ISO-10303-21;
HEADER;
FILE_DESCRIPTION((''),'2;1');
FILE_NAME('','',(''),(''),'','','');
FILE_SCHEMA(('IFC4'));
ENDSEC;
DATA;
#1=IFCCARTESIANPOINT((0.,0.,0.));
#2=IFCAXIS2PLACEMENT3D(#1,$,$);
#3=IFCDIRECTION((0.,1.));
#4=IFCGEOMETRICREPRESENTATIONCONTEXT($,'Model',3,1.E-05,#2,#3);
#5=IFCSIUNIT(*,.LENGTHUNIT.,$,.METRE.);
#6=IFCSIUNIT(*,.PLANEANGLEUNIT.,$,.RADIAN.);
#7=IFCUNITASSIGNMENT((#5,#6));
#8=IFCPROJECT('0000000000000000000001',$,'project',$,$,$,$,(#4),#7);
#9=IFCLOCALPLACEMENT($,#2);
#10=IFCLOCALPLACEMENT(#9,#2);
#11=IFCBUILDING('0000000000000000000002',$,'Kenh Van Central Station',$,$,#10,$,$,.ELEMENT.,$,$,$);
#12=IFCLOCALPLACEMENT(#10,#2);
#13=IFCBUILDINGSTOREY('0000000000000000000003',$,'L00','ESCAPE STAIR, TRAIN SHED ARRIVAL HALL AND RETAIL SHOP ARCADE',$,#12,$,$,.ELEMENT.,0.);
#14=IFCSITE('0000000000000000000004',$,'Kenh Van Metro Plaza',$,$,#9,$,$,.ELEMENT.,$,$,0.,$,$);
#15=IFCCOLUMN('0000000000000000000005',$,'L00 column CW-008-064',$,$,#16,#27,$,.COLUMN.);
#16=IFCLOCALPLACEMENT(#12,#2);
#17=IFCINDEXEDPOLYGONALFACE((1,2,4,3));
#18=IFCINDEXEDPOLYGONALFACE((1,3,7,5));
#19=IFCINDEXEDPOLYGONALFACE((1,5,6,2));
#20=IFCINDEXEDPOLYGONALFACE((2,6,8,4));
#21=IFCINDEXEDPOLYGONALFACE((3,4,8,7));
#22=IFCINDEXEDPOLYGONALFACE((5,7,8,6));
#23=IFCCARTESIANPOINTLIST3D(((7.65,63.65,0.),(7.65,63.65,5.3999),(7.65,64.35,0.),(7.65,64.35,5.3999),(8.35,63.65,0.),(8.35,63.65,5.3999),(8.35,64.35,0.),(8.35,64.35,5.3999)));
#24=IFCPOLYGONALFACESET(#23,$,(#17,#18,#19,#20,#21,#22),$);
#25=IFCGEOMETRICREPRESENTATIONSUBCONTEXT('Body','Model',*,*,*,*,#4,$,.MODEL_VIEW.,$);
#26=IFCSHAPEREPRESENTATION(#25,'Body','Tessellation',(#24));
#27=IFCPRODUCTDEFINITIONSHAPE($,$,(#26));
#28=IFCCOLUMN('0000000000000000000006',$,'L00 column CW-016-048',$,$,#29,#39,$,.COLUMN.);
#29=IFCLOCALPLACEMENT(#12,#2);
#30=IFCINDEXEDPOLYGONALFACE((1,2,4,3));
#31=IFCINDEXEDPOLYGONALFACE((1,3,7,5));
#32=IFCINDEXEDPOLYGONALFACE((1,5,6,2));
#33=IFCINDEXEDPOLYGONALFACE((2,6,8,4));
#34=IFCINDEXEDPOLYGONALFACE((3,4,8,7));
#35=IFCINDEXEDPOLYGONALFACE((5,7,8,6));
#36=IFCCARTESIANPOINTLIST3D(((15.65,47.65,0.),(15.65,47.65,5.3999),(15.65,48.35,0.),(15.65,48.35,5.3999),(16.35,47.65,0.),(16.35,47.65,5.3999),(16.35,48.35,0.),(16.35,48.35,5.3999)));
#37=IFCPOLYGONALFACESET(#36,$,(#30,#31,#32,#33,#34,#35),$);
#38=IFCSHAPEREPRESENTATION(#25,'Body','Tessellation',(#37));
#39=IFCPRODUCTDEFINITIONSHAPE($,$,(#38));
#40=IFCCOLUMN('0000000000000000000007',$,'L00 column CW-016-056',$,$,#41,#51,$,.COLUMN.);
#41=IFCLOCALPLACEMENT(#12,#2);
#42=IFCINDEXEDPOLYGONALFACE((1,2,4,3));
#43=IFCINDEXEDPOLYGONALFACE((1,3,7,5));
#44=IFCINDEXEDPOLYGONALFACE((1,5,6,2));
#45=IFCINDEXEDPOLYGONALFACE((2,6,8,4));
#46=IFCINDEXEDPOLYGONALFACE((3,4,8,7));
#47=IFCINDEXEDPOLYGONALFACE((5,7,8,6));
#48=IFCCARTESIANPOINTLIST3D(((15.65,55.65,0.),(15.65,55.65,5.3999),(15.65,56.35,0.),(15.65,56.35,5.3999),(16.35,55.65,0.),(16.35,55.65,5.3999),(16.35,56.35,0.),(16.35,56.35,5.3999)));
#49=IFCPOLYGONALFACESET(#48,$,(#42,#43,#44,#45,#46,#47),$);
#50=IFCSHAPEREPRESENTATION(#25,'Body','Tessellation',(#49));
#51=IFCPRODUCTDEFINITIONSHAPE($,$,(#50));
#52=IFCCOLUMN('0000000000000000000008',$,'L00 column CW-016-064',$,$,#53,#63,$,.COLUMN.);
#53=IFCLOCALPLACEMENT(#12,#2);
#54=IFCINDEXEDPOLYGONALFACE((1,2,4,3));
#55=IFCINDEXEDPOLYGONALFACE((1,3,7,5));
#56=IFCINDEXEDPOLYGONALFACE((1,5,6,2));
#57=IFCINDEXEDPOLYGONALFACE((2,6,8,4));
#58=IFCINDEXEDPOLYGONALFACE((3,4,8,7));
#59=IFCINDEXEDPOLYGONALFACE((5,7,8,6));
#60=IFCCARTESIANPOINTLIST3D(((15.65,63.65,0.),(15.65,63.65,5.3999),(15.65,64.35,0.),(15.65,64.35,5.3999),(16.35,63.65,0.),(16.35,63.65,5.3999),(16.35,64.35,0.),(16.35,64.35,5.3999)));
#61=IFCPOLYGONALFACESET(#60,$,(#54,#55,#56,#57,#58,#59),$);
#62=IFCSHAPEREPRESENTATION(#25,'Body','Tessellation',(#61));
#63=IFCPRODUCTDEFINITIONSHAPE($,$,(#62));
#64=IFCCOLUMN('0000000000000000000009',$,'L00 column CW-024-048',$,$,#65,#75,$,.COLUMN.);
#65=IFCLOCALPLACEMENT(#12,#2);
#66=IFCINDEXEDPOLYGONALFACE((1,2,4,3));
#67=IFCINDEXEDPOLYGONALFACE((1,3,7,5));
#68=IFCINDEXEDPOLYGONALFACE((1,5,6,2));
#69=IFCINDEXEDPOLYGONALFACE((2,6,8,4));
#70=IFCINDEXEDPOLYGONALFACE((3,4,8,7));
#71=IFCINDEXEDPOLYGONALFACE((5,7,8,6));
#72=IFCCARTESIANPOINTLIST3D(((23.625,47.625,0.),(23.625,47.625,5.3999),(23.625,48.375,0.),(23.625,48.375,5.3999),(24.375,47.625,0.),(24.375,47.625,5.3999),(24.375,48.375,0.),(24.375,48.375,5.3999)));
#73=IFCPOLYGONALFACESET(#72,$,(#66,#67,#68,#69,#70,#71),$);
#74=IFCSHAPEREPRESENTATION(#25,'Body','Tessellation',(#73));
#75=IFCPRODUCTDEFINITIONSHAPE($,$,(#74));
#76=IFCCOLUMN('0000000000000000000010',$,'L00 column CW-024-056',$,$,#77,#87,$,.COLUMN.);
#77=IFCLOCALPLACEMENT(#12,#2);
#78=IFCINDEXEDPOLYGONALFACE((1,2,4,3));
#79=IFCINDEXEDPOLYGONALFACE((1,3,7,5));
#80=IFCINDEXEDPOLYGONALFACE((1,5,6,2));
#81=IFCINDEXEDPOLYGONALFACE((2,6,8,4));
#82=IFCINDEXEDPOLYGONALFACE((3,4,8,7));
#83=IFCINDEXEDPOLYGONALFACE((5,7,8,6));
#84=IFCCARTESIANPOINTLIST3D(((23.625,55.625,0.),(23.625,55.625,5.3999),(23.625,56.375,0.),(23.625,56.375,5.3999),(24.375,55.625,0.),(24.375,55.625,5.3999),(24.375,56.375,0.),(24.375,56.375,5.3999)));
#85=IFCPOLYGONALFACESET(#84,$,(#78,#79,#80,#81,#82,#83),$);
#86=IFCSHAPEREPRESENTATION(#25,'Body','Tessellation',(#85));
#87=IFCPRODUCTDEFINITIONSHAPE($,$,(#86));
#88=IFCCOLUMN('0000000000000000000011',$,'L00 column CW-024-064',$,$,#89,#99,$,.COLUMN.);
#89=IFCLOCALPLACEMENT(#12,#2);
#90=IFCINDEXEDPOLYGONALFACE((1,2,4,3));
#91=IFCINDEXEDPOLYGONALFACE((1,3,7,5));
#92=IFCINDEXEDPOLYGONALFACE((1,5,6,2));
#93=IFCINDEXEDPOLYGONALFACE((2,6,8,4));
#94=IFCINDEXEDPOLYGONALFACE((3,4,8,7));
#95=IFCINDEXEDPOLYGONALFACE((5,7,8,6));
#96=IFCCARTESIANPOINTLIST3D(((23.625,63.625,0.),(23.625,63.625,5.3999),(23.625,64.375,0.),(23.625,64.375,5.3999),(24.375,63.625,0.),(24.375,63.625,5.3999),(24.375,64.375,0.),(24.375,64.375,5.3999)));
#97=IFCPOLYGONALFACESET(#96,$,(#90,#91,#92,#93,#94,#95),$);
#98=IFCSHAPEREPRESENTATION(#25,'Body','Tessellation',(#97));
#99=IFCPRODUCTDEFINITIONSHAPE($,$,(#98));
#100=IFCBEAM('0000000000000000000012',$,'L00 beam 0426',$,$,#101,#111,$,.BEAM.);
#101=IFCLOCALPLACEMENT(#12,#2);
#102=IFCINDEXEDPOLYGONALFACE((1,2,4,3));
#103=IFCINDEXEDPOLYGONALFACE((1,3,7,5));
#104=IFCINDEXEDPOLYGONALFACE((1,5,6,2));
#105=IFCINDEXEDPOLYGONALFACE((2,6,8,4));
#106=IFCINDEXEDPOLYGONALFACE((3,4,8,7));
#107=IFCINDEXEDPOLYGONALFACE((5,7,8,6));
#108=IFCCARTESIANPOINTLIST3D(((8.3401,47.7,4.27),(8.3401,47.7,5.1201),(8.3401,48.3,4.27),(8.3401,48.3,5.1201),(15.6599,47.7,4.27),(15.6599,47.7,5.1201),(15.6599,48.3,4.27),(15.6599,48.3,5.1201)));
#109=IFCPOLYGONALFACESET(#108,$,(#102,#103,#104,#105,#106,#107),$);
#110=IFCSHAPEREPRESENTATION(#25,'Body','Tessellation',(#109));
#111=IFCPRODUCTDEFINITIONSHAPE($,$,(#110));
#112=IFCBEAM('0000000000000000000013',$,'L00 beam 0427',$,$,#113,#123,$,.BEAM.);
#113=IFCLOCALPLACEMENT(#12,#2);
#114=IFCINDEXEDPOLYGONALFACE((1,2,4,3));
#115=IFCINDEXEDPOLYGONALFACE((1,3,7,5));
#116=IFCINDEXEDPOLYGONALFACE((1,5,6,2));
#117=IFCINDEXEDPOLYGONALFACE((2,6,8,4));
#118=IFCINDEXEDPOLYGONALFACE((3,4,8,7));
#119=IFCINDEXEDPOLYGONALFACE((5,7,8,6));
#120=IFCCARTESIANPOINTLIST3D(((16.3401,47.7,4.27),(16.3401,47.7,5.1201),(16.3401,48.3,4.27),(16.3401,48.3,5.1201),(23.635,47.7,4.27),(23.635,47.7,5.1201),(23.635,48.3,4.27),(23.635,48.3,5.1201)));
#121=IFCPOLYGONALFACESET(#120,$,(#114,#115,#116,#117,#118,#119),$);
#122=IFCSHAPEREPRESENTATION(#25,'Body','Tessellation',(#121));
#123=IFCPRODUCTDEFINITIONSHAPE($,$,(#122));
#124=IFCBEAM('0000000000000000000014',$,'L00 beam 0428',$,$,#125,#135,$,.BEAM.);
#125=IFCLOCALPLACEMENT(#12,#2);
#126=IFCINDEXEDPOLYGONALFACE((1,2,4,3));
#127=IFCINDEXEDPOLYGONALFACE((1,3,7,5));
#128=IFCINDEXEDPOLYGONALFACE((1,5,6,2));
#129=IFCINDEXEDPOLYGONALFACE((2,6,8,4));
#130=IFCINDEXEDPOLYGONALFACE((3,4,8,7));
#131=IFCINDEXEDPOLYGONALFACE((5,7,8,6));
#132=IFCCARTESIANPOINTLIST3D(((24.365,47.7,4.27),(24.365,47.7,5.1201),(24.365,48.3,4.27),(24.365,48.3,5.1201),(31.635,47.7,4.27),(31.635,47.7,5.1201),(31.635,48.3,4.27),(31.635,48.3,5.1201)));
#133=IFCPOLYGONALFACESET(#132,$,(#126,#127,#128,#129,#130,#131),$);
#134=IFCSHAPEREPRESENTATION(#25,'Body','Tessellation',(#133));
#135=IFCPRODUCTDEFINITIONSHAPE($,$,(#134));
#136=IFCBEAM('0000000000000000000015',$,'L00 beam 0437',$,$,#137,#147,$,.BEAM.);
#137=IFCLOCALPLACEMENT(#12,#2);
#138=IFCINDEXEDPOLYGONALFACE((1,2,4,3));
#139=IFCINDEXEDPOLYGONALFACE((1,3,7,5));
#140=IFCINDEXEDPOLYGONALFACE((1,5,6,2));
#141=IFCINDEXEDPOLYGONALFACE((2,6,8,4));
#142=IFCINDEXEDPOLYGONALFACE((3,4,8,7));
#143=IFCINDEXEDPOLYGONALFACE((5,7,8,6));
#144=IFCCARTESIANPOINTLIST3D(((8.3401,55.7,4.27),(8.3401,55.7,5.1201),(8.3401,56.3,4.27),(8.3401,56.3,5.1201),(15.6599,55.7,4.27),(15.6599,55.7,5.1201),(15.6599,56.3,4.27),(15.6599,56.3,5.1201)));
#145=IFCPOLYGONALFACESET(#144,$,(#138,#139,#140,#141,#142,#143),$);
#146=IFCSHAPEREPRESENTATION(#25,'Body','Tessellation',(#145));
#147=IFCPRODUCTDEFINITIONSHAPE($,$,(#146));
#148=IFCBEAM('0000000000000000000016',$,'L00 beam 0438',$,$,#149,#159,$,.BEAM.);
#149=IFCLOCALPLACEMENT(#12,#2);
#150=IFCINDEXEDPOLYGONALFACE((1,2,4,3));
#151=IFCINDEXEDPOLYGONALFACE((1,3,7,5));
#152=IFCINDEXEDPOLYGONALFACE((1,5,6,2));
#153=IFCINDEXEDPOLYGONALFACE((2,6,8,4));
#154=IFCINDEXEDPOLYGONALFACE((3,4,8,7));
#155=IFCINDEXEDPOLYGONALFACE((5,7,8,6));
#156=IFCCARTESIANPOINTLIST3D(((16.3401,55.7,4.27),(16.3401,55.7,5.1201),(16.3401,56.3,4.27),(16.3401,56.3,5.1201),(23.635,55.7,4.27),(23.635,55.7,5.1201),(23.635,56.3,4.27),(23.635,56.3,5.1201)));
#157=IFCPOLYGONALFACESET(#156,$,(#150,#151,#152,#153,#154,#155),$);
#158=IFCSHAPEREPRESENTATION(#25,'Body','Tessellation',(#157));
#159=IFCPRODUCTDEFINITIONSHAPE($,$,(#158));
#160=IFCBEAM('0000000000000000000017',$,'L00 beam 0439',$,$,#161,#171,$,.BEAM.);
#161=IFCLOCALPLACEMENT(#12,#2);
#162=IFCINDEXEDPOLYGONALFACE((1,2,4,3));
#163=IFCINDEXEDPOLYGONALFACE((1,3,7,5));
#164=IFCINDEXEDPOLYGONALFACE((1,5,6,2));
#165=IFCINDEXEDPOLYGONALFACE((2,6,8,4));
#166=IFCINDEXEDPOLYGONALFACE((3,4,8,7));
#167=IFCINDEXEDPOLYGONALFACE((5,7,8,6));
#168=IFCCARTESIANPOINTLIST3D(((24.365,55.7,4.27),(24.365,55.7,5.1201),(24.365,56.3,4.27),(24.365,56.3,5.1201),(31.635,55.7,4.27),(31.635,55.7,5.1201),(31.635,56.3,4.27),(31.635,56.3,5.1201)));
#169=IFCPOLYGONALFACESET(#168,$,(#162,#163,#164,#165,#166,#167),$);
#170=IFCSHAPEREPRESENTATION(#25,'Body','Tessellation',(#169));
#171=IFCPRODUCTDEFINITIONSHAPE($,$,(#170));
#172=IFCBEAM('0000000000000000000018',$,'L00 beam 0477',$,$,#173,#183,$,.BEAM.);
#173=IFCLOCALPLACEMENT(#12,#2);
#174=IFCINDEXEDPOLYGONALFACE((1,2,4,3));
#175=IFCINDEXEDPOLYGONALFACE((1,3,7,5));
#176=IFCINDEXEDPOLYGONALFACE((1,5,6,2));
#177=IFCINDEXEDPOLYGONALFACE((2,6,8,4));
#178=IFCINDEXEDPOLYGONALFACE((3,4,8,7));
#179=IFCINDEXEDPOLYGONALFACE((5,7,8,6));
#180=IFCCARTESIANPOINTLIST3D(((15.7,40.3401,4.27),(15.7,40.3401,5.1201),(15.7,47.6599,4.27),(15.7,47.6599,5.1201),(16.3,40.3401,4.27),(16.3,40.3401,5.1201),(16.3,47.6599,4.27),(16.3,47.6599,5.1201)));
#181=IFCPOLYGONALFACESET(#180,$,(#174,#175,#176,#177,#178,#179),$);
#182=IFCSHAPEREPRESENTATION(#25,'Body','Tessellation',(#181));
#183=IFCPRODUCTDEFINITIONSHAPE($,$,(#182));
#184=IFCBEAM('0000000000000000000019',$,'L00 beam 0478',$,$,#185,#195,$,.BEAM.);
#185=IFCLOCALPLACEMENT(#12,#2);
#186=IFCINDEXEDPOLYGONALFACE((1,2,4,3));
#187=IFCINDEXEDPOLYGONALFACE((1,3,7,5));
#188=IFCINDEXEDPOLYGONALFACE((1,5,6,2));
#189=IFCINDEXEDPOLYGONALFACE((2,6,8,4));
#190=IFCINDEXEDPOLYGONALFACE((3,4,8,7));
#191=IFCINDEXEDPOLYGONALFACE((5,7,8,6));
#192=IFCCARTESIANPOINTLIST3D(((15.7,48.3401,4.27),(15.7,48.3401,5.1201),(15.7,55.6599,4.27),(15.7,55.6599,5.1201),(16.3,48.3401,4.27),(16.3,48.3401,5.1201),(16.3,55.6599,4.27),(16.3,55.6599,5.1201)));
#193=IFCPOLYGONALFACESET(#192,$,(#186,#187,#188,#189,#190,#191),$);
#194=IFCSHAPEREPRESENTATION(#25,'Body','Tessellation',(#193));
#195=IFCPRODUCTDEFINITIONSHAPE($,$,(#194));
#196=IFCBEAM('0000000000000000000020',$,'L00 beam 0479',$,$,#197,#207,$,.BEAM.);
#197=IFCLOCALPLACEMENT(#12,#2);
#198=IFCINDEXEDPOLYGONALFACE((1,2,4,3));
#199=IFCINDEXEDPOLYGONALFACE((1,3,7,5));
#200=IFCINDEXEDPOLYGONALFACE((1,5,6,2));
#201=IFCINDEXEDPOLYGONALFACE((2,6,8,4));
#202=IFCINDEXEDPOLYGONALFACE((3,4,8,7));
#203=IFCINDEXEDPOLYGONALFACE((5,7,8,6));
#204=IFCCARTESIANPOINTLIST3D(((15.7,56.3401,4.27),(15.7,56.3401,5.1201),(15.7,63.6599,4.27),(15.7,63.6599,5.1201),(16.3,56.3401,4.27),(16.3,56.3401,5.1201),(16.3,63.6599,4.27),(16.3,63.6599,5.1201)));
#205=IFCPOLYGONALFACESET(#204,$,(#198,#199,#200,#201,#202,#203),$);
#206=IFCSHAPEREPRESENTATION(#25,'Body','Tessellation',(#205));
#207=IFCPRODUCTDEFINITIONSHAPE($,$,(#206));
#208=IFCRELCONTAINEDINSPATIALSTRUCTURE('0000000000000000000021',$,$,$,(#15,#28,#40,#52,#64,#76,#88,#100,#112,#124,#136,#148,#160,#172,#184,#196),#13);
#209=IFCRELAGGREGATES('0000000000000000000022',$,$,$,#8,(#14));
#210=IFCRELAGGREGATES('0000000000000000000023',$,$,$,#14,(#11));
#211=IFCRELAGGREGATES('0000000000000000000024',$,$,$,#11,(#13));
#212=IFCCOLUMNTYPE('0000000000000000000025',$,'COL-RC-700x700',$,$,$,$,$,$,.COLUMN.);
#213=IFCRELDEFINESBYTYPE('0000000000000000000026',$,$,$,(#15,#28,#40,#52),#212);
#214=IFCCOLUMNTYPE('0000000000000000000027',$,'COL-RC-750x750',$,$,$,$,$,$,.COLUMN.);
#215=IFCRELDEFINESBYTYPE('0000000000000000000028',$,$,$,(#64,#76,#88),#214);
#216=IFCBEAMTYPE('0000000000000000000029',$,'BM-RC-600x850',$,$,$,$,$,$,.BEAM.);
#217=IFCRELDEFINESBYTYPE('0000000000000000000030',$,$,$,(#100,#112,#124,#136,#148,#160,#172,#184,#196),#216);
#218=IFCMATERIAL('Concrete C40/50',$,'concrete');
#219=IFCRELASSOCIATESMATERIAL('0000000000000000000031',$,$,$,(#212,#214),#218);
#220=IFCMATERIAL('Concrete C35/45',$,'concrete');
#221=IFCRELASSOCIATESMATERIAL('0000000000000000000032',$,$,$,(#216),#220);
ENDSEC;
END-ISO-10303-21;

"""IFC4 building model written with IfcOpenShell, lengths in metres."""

from ifc_helpers import new_model, si_unit, direction, frame, origin, origin_2d, place, context, subcontext, project, spatial, rectangle, extrude, material, material_profile, profile_set, type_object, element, save


model = new_model("IFC4")

# Units and contexts
model_context = context("Model", 3, precision=1e-05, world=origin(), true_north=direction((0.0, 1.0)))
body_context = subcontext(model_context, "Body", "Model", "MODEL_VIEW")
ifc_project = project(units=[si_unit("LENGTHUNIT", "METRE"), si_unit("PLANEANGLEUNIT", "RADIAN")], contexts=[model_context])

# Site, building, storey
site_placement = place(None, origin())
site = spatial("IfcSite", under=ifc_project, at=site_placement, Name="Kenh Van Metro Plaza", CompositionType="ELEMENT", RefElevation=0.0)
building_placement = place(site_placement, origin())
building = spatial("IfcBuilding", under=site, at=building_placement, Name="Kenh Van Central Station", CompositionType="ELEMENT")
storey_placement = place(building_placement, origin())
storey = spatial("IfcBuildingStorey", under=building, at=storey_placement, Name="L00", Description="ESCAPE STAIR, TRAIN SHED ARRIVAL HALL AND RETAIL SHOP ARCADE", CompositionType="ELEMENT", Elevation=0.0)

# Columns
ifc_material_1 = material(Name="Concrete C40/50", Category="concrete")
ifc_material_profile_1 = material_profile(ifc_material_1, rectangle(XDim=0.7, YDim=0.7, at=origin_2d()), Name="RC 700x700")
ifc_profile_set_1 = profile_set([ifc_material_profile_1], Name="Concrete C40/50")
column_type_1 = type_object("IfcColumnType", Name="COL-RC-700x700", PredefinedType="COLUMN", material=ifc_profile_set_1)
for number, where, z_axis, x_axis, name in (
    (1, (8.0, 64.0, 0.0), (0.0, 0.0, 1.0), (1.0, 0.0, 0.0), "L00 column CW-008-064"),
    (2, (16.0, 48.0, 0.0), (0.0, 0.0, 1.0), (1.0, 0.0, 0.0), "L00 column CW-016-048"),
    (3, (16.0, 56.0, 0.0), (0.0, 0.0, 1.0), (1.0, 0.0, 0.0), "L00 column CW-016-056"),
    (4, (16.0, 64.0, 0.0), (0.0, 0.0, 1.0), (1.0, 0.0, 0.0), "L00 column CW-016-064"),
):
    element("IfcColumn", number, at=place(storey_placement, frame(where, z_axis=z_axis, x_axis=x_axis)), inside=storey, type_object=column_type_1, Name=name, PredefinedType="COLUMN", context=body_context, shape_type="SweptSolid", body=[
        extrude(rectangle(XDim=0.7, YDim=0.7, at=origin_2d()), origin(), (0.0, 0.0, 1.0), 5.3999),
    ])
ifc_material_profile_2 = material_profile(ifc_material_1, rectangle(XDim=0.75, YDim=0.75, at=origin_2d()), Name="RC 750x750")
ifc_profile_set_2 = profile_set([ifc_material_profile_2], Name="Concrete C40/50")
column_type_2 = type_object("IfcColumnType", Name="COL-RC-750x750", PredefinedType="COLUMN", material=ifc_profile_set_2)
for number, where, z_axis, x_axis, name in (
    (5, (24.0, 48.0, 0.0), (0.0, 0.0, 1.0), (1.0, 0.0, 0.0), "L00 column CW-024-048"),
    (6, (24.0, 56.0, 0.0), (0.0, 0.0, 1.0), (1.0, 0.0, 0.0), "L00 column CW-024-056"),
    (7, (24.0, 64.0, 0.0), (0.0, 0.0, 1.0), (1.0, 0.0, 0.0), "L00 column CW-024-064"),
):
    element("IfcColumn", number, at=place(storey_placement, frame(where, z_axis=z_axis, x_axis=x_axis)), inside=storey, type_object=column_type_2, Name=name, PredefinedType="COLUMN", context=body_context, shape_type="SweptSolid", body=[
        extrude(rectangle(XDim=0.75, YDim=0.75, at=origin_2d()), origin(), (0.0, 0.0, 1.0), 5.3999),
    ])

# Beams
ifc_material_2 = material(Name="Concrete C35/45", Category="concrete")
ifc_material_profile_3 = material_profile(ifc_material_2, rectangle(XDim=0.6001, YDim=0.8501, at=origin_2d()), Name="RC 600x850")
ifc_profile_set_3 = profile_set([ifc_material_profile_3], Name="Concrete C35/45")
beam_type_1 = type_object("IfcBeamType", Name="BM-RC-600x850", PredefinedType="BEAM", material=ifc_profile_set_3)
beam_1_placement = place(storey_placement, frame((8.3401, 48.0, 4.6951), z_axis=(1.0, 0.0, 0.0), x_axis=(0.0, 1.0, 0.0)))
element("IfcBeam", 8, at=beam_1_placement, inside=storey, type_object=beam_type_1, Name="L00 beam 0426", PredefinedType="BEAM", context=body_context, shape_type="SweptSolid", body=[
    extrude(rectangle(XDim=0.6001, YDim=0.8501, at=origin_2d()), origin(), (0.0, 0.0, 1.0), 7.3198),
])
beam_2_placement = place(storey_placement, frame((16.3401, 48.0, 4.6951), z_axis=(1.0, 0.0, 0.0), x_axis=(0.0, 1.0, 0.0)))
element("IfcBeam", 9, at=beam_2_placement, inside=storey, type_object=beam_type_1, Name="L00 beam 0427", PredefinedType="BEAM", context=body_context, shape_type="SweptSolid", body=[
    extrude(rectangle(XDim=0.6001, YDim=0.8501, at=origin_2d()), origin(), (0.0, 0.0, 1.0), 7.2949),
])
beam_3_placement = place(storey_placement, frame((24.365, 48.0, 4.6951), z_axis=(1.0, 0.0, 0.0), x_axis=(0.0, 1.0, 0.0)))
element("IfcBeam", 10, at=beam_3_placement, inside=storey, type_object=beam_type_1, Name="L00 beam 0428", PredefinedType="BEAM", context=body_context, shape_type="SweptSolid", body=[
    extrude(rectangle(XDim=0.6001, YDim=0.8501, at=origin_2d()), origin(), (0.0, 0.0, 1.0), 7.27),
])
beam_4_placement = place(storey_placement, frame((8.3401, 56.0, 4.6951), z_axis=(1.0, 0.0, 0.0), x_axis=(0.0, 1.0, 0.0)))
element("IfcBeam", 11, at=beam_4_placement, inside=storey, type_object=beam_type_1, Name="L00 beam 0437", PredefinedType="BEAM", context=body_context, shape_type="SweptSolid", body=[
    extrude(rectangle(XDim=0.6001, YDim=0.8501, at=origin_2d()), origin(), (0.0, 0.0, 1.0), 7.3198),
])
beam_5_placement = place(storey_placement, frame((16.3401, 56.0, 4.6951), z_axis=(1.0, 0.0, 0.0), x_axis=(0.0, 1.0, 0.0)))
element("IfcBeam", 12, at=beam_5_placement, inside=storey, type_object=beam_type_1, Name="L00 beam 0438", PredefinedType="BEAM", context=body_context, shape_type="SweptSolid", body=[
    extrude(rectangle(XDim=0.6001, YDim=0.8501, at=origin_2d()), origin(), (0.0, 0.0, 1.0), 7.2949),
])
beam_6_placement = place(storey_placement, frame((24.365, 56.0, 4.6951), z_axis=(1.0, 0.0, 0.0), x_axis=(0.0, 1.0, 0.0)))
element("IfcBeam", 13, at=beam_6_placement, inside=storey, type_object=beam_type_1, Name="L00 beam 0439", PredefinedType="BEAM", context=body_context, shape_type="SweptSolid", body=[
    extrude(rectangle(XDim=0.6001, YDim=0.8501, at=origin_2d()), origin(), (0.0, 0.0, 1.0), 7.27),
])
for number, where, z_axis, x_axis, name in (
    (14, (16.0, 40.3401, 4.6951), (0.0, 1.0, 0.0), (-1.0, 0.0, 0.0), "L00 beam 0477"),
    (15, (16.0, 48.3401, 4.6951), (0.0, 1.0, 0.0), (-1.0, 0.0, 0.0), "L00 beam 0478"),
    (16, (16.0, 56.3401, 4.6951), (0.0, 1.0, 0.0), (-1.0, 0.0, 0.0), "L00 beam 0479"),
):
    element("IfcBeam", number, at=place(storey_placement, frame(where, z_axis=z_axis, x_axis=x_axis)), inside=storey, type_object=beam_type_1, Name=name, PredefinedType="BEAM", context=body_context, shape_type="SweptSolid", body=[
        extrude(rectangle(XDim=0.6001, YDim=0.8501, at=origin_2d()), origin(), (0.0, 0.0, 1.0), 7.3198),
    ])

save(model, "model.ifc")
